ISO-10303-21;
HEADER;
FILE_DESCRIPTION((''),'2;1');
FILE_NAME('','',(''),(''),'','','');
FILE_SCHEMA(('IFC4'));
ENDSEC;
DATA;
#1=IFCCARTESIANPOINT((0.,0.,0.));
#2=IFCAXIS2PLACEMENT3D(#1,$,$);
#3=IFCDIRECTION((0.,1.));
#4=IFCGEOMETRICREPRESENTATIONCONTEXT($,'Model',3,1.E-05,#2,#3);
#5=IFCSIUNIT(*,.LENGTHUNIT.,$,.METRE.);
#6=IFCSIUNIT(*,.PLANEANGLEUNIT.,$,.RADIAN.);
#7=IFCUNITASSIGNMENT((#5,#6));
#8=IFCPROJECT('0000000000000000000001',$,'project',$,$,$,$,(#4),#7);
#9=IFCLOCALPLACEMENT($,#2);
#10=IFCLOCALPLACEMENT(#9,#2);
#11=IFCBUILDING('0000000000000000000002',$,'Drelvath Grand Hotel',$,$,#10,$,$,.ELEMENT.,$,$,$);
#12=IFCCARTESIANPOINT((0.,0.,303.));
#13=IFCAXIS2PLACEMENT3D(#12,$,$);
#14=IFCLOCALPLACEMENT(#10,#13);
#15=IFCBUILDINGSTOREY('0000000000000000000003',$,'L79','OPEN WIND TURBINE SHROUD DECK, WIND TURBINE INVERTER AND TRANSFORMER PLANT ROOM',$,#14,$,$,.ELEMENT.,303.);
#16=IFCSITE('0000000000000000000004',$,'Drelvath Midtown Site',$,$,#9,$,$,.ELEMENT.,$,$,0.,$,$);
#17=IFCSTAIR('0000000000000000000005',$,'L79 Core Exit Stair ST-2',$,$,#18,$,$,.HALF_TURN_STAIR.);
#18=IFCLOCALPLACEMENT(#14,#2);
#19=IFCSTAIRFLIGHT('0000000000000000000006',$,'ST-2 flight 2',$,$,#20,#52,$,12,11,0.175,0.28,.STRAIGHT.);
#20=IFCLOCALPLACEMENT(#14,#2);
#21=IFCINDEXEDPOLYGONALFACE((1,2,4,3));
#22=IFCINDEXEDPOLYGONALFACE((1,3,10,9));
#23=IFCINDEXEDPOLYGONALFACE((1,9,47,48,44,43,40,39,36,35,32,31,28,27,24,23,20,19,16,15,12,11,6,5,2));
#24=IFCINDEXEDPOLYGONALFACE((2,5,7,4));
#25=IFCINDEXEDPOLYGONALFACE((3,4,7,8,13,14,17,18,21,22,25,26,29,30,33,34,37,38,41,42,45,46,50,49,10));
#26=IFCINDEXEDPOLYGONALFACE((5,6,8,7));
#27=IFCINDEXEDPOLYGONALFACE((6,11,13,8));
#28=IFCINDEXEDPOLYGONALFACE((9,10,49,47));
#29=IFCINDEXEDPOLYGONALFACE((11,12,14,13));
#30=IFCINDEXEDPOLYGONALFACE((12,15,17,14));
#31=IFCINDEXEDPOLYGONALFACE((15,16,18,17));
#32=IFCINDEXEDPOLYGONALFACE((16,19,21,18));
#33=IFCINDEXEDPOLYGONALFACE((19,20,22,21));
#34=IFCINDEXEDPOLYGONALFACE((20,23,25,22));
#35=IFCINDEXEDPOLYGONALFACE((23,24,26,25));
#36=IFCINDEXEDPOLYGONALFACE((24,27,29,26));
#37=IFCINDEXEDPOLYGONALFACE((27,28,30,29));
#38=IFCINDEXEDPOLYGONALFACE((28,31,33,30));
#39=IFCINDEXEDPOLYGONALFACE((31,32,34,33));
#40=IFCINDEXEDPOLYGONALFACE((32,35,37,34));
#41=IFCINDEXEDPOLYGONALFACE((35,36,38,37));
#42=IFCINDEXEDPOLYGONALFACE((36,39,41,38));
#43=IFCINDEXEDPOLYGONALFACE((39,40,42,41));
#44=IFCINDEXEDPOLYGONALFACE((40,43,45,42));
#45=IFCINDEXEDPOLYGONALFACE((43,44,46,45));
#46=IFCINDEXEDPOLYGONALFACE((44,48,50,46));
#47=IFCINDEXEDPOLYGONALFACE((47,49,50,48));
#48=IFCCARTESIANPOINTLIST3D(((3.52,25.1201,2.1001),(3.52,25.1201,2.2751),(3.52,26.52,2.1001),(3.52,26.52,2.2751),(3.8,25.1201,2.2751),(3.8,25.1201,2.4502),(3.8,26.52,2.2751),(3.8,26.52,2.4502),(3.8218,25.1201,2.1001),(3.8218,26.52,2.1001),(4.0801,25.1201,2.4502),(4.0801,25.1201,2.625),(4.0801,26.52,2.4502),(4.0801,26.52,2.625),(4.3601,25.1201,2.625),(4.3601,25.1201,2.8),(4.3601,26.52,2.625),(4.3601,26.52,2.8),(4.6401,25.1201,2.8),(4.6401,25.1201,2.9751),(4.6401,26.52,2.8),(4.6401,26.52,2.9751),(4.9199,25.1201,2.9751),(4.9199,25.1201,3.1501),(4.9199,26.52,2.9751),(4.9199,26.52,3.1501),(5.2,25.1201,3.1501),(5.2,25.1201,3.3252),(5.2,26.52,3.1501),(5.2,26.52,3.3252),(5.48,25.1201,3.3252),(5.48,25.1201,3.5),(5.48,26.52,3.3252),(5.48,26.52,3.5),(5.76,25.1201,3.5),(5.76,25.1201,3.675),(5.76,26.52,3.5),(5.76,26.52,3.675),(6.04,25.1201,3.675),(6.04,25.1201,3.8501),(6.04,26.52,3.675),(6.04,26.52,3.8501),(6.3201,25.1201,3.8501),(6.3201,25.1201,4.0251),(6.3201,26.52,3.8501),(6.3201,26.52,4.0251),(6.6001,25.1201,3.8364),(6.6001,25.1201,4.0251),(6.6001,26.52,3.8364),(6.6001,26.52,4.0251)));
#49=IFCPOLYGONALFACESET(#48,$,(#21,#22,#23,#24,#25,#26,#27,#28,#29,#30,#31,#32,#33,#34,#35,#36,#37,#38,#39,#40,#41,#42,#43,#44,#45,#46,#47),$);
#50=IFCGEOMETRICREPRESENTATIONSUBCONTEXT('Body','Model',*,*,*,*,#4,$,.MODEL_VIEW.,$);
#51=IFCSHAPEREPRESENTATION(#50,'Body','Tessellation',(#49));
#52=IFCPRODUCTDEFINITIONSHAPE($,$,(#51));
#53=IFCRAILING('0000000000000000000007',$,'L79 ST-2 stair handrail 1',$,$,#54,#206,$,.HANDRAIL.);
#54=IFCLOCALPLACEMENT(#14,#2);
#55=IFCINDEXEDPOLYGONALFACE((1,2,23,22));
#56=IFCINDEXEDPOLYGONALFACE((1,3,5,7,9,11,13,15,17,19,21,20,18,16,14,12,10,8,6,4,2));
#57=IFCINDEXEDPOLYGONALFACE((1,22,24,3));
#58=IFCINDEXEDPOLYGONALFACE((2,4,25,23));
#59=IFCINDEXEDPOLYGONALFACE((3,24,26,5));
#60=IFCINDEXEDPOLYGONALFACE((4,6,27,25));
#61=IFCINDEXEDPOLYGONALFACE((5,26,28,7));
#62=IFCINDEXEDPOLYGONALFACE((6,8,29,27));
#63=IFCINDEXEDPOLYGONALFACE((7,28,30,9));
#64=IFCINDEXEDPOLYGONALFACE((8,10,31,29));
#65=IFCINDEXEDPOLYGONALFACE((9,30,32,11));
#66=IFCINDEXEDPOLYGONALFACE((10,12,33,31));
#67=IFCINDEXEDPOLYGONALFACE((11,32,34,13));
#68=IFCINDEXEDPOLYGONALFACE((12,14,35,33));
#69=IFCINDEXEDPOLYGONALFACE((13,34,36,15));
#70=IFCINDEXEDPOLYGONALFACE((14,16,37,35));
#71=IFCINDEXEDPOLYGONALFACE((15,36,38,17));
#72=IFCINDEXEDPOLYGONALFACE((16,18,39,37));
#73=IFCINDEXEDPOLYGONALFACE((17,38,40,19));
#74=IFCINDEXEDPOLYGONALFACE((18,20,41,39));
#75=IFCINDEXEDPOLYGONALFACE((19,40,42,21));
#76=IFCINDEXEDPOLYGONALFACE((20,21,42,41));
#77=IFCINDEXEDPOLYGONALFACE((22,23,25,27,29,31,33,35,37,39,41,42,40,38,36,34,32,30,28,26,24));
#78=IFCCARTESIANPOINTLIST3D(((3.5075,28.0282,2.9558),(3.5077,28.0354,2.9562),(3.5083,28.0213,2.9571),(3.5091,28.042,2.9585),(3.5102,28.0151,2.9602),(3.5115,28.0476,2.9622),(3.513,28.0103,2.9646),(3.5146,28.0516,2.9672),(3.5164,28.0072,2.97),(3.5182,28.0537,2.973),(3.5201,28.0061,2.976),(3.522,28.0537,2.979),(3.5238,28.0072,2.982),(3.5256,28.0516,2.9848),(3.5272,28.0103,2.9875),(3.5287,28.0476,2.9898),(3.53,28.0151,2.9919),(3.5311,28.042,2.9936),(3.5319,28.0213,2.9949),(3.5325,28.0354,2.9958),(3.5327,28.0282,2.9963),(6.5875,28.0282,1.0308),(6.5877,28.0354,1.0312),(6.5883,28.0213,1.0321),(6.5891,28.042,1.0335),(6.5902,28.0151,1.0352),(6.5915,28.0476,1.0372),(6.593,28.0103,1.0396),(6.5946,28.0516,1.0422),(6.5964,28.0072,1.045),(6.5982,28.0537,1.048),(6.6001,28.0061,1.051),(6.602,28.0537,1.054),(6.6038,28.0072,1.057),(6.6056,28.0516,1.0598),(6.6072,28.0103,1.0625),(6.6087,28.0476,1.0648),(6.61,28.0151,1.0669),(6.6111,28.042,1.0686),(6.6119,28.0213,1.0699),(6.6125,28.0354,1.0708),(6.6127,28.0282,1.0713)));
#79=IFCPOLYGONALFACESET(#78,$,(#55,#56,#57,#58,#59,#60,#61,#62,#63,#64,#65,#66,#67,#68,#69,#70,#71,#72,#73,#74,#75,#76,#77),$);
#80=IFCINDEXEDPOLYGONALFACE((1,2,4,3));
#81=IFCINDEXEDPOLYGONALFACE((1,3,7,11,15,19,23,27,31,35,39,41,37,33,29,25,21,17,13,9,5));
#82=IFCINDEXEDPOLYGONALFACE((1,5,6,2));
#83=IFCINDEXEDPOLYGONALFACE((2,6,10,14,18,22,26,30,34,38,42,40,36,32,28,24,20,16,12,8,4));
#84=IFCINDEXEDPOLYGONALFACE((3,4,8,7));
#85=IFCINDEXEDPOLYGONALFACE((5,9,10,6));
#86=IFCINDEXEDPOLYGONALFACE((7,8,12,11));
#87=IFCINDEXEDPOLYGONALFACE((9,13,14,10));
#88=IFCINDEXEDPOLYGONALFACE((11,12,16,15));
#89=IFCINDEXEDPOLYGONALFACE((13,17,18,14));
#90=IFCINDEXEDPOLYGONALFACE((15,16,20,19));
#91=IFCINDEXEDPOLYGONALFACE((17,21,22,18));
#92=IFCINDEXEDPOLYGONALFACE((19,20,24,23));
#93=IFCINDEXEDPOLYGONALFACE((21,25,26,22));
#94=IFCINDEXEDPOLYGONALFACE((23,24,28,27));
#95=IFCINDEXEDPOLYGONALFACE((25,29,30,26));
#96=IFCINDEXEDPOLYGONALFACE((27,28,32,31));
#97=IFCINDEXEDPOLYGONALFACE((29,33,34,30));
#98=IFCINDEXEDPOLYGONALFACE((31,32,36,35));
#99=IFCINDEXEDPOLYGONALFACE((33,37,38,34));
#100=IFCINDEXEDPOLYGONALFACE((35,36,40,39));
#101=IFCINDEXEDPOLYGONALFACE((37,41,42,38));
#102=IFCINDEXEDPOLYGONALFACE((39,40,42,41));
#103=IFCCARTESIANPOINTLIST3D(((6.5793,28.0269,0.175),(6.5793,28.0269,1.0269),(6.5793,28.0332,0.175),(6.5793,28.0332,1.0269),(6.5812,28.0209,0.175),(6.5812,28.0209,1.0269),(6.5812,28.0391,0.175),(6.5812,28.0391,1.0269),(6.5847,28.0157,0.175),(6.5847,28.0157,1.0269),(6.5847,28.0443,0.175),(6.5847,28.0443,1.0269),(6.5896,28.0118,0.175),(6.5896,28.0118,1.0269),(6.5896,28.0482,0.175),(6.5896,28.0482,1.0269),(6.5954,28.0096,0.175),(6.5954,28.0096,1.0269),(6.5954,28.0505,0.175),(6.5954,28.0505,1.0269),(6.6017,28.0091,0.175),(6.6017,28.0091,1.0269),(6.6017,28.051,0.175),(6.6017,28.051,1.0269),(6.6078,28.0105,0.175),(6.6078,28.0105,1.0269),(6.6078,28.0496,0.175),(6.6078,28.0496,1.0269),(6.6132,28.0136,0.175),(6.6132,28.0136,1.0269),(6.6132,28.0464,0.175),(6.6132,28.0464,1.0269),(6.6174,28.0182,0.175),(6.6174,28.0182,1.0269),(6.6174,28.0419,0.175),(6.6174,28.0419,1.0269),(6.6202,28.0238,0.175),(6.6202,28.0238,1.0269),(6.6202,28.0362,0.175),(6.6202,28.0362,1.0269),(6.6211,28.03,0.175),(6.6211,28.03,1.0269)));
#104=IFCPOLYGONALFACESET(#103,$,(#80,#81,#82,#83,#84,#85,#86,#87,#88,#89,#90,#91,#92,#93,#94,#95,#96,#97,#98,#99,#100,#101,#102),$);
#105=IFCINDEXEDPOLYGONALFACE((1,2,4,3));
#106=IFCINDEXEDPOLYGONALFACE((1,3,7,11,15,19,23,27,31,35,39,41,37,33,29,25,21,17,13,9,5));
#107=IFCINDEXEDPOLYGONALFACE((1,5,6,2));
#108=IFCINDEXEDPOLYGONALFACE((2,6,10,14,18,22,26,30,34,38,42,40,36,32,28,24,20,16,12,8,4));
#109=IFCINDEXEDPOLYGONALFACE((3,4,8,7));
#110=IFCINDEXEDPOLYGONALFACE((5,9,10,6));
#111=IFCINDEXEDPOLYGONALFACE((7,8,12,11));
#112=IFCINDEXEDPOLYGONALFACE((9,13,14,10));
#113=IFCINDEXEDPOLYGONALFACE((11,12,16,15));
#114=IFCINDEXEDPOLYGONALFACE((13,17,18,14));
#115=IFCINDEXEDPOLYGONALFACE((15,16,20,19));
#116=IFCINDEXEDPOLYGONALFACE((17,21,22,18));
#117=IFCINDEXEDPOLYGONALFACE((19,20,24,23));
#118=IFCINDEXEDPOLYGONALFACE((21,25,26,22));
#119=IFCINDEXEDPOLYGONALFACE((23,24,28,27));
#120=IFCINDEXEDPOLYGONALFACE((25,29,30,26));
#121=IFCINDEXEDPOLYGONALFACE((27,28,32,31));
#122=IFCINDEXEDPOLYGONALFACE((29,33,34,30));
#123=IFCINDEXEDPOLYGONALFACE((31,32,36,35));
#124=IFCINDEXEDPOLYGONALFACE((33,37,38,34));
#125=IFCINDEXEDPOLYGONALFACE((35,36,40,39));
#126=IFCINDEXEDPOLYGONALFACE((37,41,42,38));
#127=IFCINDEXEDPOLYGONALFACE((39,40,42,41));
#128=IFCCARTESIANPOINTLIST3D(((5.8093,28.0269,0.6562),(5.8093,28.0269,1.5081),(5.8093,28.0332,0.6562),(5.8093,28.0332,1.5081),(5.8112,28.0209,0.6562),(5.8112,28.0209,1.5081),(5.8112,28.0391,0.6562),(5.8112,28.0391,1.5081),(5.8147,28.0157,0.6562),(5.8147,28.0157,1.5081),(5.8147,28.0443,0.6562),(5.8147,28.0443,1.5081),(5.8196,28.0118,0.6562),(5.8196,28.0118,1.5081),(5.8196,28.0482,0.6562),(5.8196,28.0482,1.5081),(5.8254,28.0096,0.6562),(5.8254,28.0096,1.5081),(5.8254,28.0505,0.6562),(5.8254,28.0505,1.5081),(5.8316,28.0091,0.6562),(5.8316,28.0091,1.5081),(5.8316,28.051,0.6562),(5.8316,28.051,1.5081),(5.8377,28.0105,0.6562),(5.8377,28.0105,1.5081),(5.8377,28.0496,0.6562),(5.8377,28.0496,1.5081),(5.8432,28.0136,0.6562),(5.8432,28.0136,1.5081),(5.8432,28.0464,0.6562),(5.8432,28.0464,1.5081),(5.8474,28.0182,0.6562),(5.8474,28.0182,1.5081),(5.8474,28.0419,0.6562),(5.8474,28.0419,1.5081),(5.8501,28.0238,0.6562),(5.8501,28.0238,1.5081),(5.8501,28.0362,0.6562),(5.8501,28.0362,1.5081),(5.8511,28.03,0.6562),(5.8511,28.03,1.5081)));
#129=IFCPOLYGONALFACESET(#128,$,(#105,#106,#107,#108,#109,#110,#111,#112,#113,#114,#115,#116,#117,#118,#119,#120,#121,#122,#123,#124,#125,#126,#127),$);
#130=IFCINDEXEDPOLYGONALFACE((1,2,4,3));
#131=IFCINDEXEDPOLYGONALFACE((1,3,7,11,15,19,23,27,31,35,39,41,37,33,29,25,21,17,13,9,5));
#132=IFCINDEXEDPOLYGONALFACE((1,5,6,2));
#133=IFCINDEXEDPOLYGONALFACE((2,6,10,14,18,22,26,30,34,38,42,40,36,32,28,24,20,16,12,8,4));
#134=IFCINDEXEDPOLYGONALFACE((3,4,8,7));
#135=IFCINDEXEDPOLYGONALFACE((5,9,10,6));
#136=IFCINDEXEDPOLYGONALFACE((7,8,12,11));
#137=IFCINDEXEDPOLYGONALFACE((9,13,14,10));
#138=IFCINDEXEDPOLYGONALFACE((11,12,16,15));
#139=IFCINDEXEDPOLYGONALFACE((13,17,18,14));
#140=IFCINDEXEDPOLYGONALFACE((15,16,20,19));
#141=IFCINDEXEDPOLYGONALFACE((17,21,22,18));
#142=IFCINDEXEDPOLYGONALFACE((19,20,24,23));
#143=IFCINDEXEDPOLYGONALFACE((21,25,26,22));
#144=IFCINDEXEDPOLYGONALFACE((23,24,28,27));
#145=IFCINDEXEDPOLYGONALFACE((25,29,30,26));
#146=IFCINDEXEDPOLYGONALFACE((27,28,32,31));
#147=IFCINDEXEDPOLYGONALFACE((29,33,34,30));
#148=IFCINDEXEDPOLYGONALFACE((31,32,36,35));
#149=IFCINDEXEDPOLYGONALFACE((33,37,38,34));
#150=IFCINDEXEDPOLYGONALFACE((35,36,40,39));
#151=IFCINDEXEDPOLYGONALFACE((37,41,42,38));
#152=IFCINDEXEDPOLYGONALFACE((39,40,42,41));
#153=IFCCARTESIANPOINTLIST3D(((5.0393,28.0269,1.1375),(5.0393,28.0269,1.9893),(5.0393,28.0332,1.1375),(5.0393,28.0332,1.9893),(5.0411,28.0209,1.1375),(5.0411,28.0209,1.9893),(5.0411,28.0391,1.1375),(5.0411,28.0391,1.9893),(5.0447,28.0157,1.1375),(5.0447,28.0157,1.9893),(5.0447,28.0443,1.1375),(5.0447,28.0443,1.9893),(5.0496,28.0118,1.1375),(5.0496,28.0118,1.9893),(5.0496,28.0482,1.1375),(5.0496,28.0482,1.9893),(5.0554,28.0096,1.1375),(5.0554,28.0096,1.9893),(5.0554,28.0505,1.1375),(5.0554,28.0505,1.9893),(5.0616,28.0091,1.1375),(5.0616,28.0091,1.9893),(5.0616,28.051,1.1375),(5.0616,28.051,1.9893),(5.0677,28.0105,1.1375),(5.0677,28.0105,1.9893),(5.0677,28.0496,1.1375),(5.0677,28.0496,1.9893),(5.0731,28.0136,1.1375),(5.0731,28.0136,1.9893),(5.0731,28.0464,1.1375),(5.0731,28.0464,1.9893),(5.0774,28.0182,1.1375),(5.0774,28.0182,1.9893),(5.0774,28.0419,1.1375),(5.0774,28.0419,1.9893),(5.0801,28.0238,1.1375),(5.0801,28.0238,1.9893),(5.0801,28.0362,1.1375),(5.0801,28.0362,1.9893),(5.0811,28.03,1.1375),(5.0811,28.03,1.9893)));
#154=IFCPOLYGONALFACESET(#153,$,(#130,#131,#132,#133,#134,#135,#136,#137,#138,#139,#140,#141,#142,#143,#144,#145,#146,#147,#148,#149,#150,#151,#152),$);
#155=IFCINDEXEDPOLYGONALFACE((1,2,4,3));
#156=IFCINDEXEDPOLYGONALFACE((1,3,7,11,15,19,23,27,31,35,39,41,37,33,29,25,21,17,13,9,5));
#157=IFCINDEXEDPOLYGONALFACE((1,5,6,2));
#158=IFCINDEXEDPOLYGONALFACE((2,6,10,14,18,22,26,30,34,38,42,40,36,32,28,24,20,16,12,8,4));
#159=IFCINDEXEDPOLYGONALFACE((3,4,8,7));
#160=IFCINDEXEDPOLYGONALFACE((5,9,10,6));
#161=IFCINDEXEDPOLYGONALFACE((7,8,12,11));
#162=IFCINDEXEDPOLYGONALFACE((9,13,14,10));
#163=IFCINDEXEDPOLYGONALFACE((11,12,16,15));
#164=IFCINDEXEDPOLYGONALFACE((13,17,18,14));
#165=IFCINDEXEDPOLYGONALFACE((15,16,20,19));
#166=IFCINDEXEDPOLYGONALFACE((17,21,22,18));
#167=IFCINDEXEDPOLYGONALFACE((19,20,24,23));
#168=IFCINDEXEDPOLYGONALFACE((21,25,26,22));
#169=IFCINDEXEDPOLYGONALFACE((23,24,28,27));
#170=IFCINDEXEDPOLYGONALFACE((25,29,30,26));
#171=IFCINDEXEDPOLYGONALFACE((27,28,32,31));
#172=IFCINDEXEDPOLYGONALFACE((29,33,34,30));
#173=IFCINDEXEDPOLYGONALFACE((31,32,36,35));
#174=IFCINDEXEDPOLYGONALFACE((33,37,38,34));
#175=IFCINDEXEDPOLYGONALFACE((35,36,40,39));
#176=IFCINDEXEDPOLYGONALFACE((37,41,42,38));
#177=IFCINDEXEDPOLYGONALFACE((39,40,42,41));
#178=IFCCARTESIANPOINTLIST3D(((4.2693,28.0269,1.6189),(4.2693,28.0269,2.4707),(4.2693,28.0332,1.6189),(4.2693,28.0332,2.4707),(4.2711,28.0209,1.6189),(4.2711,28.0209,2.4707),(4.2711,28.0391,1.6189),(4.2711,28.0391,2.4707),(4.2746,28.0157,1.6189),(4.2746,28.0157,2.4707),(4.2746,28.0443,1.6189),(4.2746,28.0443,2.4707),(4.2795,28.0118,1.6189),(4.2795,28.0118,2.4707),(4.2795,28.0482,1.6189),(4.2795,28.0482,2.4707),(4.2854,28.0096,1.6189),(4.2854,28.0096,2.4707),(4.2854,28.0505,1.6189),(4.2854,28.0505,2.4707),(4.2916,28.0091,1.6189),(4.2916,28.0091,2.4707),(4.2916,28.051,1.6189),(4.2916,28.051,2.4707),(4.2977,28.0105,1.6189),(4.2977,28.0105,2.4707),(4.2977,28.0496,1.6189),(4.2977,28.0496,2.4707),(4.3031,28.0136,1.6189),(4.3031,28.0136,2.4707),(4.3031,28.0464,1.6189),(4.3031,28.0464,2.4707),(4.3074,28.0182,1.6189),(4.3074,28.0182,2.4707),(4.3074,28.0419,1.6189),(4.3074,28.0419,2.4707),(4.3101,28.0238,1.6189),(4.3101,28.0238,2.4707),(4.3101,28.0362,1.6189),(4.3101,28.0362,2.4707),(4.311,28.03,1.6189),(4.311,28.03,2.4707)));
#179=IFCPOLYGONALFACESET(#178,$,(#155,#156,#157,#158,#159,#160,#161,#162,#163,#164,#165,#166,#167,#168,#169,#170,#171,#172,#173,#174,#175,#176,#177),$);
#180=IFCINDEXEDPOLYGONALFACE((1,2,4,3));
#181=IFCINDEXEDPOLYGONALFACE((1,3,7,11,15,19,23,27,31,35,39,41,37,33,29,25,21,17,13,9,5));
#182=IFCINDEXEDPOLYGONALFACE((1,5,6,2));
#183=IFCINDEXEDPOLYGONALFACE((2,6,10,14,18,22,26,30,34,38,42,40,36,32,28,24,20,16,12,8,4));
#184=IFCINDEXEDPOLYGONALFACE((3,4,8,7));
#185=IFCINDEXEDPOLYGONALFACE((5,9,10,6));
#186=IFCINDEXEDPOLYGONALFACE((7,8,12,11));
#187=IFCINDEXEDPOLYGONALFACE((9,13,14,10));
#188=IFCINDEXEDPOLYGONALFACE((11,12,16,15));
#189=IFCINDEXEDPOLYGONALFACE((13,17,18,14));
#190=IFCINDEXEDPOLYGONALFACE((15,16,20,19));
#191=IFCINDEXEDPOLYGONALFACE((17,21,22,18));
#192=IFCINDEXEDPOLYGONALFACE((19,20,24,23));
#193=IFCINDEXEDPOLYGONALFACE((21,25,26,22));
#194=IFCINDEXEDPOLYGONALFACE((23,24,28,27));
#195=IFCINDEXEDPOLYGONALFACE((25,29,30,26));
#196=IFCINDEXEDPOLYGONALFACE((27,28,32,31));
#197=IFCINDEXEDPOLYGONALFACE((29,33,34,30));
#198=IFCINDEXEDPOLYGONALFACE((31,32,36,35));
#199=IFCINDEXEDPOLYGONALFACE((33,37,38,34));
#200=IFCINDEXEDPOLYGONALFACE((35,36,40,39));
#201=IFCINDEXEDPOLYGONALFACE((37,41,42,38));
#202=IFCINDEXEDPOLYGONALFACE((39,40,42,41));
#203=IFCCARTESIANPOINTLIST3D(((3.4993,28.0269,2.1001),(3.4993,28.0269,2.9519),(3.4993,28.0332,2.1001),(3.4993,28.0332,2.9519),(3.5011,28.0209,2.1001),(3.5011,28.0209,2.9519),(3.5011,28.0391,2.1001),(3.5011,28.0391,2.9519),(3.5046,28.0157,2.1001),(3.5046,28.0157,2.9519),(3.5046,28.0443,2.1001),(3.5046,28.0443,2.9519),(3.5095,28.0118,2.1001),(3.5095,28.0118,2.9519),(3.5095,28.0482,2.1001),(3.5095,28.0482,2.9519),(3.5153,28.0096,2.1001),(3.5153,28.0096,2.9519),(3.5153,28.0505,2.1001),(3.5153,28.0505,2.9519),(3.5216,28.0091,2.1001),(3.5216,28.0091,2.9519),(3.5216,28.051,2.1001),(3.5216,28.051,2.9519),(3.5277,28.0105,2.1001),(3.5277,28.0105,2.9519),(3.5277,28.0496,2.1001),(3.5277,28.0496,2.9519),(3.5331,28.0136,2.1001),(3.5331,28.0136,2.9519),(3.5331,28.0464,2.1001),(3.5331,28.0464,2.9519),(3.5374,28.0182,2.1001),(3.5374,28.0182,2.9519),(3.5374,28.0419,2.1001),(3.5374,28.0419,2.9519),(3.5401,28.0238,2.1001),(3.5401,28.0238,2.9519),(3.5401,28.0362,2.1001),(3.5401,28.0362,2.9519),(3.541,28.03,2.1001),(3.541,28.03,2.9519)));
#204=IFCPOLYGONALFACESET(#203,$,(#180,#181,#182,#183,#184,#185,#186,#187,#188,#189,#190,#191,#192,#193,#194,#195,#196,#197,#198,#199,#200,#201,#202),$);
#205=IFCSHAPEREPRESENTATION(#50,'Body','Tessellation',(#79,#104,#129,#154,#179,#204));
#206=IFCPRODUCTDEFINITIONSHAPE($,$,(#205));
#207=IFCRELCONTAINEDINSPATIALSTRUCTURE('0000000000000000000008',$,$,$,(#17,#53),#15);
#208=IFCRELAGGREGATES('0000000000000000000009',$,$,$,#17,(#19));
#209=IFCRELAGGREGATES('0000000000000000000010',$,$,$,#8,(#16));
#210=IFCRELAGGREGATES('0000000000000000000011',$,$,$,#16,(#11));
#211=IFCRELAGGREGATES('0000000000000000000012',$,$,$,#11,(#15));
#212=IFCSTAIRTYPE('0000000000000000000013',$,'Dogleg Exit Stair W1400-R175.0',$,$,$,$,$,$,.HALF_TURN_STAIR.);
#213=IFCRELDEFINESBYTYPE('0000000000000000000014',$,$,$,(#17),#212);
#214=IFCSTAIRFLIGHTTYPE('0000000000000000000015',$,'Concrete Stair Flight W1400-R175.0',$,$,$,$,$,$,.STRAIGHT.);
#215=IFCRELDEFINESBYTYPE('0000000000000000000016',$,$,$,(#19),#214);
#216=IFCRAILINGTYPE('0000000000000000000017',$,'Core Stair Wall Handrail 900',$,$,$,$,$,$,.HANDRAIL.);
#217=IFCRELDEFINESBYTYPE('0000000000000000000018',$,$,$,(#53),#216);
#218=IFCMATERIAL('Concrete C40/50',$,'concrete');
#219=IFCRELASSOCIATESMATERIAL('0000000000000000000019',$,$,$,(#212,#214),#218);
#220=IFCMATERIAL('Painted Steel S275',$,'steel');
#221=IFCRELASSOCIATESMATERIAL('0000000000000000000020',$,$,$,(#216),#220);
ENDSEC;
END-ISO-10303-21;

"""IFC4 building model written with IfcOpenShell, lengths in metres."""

from ifc_helpers import new_model, si_unit, direction, frame, origin, origin_2d, place, context, subcontext, project, spatial, polyline, circle, outline, extrude, material, type_object, element, aggregate, save


model = new_model("IFC4")

# Units and contexts
model_context = context("Model", 3, precision=1e-05, world=origin(), true_north=direction((0.0, 1.0)))
body_context = subcontext(model_context, "Body", "Model", "MODEL_VIEW")
ifc_project = project(units=[si_unit("LENGTHUNIT", "METRE"), si_unit("PLANEANGLEUNIT", "RADIAN")], contexts=[model_context])

# Site, building, storey
site_placement = place(None, origin())
site = spatial("IfcSite", under=ifc_project, at=site_placement, Name="Drelvath Midtown Site", CompositionType="ELEMENT", RefElevation=0.0)
building_placement = place(site_placement, origin())
building = spatial("IfcBuilding", under=site, at=building_placement, Name="Drelvath Grand Hotel", CompositionType="ELEMENT")
storey_placement = place(building_placement, frame((0.0, 0.0, 303.0)))
storey = spatial("IfcBuildingStorey", under=building, at=storey_placement, Name="L79", Description="OPEN WIND TURBINE SHROUD DECK, WIND TURBINE INVERTER AND TRANSFORMER PLANT ROOM", CompositionType="ELEMENT", Elevation=303.0)

# Shared definitions
ifc_material_1 = material(Name="Concrete C40/50", Category="concrete")

# Shared definitions
ifc_material_2 = material(Name="Painted Steel S275", Category="steel")

# Stair, stair flight
stair_type = type_object("IfcStairType", Name="Dogleg Exit Stair W1400-R175.0", PredefinedType="HALF_TURN_STAIR", material=ifc_material_1)
stair_placement = place(storey_placement, origin())
stair = element("IfcStair", 1, at=stair_placement, inside=storey, type_object=stair_type, Name="L79 Core Exit Stair ST-2", PredefinedType="HALF_TURN_STAIR")
stair_flight_type = type_object("IfcStairFlightType", Name="Concrete Stair Flight W1400-R175.0", PredefinedType="STRAIGHT", material=ifc_material_1)
stair_flight_1_placement = place(storey_placement, frame((3.52, 25.8201, 2.1001), z_axis=(0.0, 0.0, 1.0), x_axis=(1.0, 0.0, 0.0)))
stair_flight_1 = element("IfcStairFlight", 2, at=stair_flight_1_placement, type_object=stair_flight_type, Name="ST-2 flight 2", NumberOfRisers=12, NumberOfTreads=11, PredefinedType="STRAIGHT", RiserHeight=0.175, TreadLength=0.28, context=body_context, shape_type="SweptSolid", body=[
    extrude(outline(polyline([(0.0, 0.0), (0.0, 0.175), (0.28, 0.175), (0.28, 0.3501), (0.5601, 0.3501), (0.5601, 0.5249), (0.8401, 0.5249), (0.8401, 0.7), (1.1201, 0.7), (1.1201, 0.875), (1.3999, 0.875), (1.3999, 1.05), (1.6799, 1.05), (1.6799, 1.2251), (1.96, 1.2251), (1.96, 1.3999), (2.24, 1.3999), (2.24, 1.575), (2.52, 1.575), (2.52, 1.75), (2.8, 1.75), (2.8, 1.925), (3.0801, 1.925), (3.0801, 2.1001), (3.0801, 1.7363), (0.3018, 0.0), (0.0, 0.0)])), frame((0.0, 0.7, 0.0), z_axis=(0.0, -1.0, 0.0), x_axis=(1.0, 0.0, 0.0)), (0.0, 0.0, 1.0), 1.3999),
])
aggregate(stair, [stair_flight_1])

# Railing
railing_type_1 = type_object("IfcRailingType", Name="Core Stair Wall Handrail 900", PredefinedType="HANDRAIL", material=ifc_material_2)
railing_1_placement = place(storey_placement, frame((6.6001, 28.03, 0.175)))
element("IfcRailing", 3, at=railing_1_placement, inside=storey, type_object=railing_type_1, Name="L79 ST-2 stair handrail 1", PredefinedType="HANDRAIL", context=body_context, shape_type="SweptSolid", body=[
    extrude(circle(Radius=0.0239, at=origin_2d()), frame((0.0, 0.0, 0.876), z_axis=(-0.847998, 0.0, 0.529999), x_axis=(0.0, -1.0, 0.0)), (0.0, 0.0, 1.0), 3.6321),
    extrude(circle(Radius=0.021, at=origin_2d()), origin(), (0.0, 0.0, 1.0), 0.8518),
    extrude(circle(Radius=0.021, at=origin_2d()), frame((-0.77, 0.0, 0.4812)), (0.0, 0.0, 1.0), 0.8518),
    extrude(circle(Radius=0.021, at=origin_2d()), frame((-1.54, 0.0, 0.9624)), (0.0, 0.0, 1.0), 0.8518),
    extrude(circle(Radius=0.021, at=origin_2d()), frame((-2.3101, 0.0, 1.4438)), (0.0, 0.0, 1.0), 0.8518),
    extrude(circle(Radius=0.021, at=origin_2d()), frame((-3.0801, 0.0, 1.925)), (0.0, 0.0, 1.0), 0.8518),
])

save(model, "model.ifc")
